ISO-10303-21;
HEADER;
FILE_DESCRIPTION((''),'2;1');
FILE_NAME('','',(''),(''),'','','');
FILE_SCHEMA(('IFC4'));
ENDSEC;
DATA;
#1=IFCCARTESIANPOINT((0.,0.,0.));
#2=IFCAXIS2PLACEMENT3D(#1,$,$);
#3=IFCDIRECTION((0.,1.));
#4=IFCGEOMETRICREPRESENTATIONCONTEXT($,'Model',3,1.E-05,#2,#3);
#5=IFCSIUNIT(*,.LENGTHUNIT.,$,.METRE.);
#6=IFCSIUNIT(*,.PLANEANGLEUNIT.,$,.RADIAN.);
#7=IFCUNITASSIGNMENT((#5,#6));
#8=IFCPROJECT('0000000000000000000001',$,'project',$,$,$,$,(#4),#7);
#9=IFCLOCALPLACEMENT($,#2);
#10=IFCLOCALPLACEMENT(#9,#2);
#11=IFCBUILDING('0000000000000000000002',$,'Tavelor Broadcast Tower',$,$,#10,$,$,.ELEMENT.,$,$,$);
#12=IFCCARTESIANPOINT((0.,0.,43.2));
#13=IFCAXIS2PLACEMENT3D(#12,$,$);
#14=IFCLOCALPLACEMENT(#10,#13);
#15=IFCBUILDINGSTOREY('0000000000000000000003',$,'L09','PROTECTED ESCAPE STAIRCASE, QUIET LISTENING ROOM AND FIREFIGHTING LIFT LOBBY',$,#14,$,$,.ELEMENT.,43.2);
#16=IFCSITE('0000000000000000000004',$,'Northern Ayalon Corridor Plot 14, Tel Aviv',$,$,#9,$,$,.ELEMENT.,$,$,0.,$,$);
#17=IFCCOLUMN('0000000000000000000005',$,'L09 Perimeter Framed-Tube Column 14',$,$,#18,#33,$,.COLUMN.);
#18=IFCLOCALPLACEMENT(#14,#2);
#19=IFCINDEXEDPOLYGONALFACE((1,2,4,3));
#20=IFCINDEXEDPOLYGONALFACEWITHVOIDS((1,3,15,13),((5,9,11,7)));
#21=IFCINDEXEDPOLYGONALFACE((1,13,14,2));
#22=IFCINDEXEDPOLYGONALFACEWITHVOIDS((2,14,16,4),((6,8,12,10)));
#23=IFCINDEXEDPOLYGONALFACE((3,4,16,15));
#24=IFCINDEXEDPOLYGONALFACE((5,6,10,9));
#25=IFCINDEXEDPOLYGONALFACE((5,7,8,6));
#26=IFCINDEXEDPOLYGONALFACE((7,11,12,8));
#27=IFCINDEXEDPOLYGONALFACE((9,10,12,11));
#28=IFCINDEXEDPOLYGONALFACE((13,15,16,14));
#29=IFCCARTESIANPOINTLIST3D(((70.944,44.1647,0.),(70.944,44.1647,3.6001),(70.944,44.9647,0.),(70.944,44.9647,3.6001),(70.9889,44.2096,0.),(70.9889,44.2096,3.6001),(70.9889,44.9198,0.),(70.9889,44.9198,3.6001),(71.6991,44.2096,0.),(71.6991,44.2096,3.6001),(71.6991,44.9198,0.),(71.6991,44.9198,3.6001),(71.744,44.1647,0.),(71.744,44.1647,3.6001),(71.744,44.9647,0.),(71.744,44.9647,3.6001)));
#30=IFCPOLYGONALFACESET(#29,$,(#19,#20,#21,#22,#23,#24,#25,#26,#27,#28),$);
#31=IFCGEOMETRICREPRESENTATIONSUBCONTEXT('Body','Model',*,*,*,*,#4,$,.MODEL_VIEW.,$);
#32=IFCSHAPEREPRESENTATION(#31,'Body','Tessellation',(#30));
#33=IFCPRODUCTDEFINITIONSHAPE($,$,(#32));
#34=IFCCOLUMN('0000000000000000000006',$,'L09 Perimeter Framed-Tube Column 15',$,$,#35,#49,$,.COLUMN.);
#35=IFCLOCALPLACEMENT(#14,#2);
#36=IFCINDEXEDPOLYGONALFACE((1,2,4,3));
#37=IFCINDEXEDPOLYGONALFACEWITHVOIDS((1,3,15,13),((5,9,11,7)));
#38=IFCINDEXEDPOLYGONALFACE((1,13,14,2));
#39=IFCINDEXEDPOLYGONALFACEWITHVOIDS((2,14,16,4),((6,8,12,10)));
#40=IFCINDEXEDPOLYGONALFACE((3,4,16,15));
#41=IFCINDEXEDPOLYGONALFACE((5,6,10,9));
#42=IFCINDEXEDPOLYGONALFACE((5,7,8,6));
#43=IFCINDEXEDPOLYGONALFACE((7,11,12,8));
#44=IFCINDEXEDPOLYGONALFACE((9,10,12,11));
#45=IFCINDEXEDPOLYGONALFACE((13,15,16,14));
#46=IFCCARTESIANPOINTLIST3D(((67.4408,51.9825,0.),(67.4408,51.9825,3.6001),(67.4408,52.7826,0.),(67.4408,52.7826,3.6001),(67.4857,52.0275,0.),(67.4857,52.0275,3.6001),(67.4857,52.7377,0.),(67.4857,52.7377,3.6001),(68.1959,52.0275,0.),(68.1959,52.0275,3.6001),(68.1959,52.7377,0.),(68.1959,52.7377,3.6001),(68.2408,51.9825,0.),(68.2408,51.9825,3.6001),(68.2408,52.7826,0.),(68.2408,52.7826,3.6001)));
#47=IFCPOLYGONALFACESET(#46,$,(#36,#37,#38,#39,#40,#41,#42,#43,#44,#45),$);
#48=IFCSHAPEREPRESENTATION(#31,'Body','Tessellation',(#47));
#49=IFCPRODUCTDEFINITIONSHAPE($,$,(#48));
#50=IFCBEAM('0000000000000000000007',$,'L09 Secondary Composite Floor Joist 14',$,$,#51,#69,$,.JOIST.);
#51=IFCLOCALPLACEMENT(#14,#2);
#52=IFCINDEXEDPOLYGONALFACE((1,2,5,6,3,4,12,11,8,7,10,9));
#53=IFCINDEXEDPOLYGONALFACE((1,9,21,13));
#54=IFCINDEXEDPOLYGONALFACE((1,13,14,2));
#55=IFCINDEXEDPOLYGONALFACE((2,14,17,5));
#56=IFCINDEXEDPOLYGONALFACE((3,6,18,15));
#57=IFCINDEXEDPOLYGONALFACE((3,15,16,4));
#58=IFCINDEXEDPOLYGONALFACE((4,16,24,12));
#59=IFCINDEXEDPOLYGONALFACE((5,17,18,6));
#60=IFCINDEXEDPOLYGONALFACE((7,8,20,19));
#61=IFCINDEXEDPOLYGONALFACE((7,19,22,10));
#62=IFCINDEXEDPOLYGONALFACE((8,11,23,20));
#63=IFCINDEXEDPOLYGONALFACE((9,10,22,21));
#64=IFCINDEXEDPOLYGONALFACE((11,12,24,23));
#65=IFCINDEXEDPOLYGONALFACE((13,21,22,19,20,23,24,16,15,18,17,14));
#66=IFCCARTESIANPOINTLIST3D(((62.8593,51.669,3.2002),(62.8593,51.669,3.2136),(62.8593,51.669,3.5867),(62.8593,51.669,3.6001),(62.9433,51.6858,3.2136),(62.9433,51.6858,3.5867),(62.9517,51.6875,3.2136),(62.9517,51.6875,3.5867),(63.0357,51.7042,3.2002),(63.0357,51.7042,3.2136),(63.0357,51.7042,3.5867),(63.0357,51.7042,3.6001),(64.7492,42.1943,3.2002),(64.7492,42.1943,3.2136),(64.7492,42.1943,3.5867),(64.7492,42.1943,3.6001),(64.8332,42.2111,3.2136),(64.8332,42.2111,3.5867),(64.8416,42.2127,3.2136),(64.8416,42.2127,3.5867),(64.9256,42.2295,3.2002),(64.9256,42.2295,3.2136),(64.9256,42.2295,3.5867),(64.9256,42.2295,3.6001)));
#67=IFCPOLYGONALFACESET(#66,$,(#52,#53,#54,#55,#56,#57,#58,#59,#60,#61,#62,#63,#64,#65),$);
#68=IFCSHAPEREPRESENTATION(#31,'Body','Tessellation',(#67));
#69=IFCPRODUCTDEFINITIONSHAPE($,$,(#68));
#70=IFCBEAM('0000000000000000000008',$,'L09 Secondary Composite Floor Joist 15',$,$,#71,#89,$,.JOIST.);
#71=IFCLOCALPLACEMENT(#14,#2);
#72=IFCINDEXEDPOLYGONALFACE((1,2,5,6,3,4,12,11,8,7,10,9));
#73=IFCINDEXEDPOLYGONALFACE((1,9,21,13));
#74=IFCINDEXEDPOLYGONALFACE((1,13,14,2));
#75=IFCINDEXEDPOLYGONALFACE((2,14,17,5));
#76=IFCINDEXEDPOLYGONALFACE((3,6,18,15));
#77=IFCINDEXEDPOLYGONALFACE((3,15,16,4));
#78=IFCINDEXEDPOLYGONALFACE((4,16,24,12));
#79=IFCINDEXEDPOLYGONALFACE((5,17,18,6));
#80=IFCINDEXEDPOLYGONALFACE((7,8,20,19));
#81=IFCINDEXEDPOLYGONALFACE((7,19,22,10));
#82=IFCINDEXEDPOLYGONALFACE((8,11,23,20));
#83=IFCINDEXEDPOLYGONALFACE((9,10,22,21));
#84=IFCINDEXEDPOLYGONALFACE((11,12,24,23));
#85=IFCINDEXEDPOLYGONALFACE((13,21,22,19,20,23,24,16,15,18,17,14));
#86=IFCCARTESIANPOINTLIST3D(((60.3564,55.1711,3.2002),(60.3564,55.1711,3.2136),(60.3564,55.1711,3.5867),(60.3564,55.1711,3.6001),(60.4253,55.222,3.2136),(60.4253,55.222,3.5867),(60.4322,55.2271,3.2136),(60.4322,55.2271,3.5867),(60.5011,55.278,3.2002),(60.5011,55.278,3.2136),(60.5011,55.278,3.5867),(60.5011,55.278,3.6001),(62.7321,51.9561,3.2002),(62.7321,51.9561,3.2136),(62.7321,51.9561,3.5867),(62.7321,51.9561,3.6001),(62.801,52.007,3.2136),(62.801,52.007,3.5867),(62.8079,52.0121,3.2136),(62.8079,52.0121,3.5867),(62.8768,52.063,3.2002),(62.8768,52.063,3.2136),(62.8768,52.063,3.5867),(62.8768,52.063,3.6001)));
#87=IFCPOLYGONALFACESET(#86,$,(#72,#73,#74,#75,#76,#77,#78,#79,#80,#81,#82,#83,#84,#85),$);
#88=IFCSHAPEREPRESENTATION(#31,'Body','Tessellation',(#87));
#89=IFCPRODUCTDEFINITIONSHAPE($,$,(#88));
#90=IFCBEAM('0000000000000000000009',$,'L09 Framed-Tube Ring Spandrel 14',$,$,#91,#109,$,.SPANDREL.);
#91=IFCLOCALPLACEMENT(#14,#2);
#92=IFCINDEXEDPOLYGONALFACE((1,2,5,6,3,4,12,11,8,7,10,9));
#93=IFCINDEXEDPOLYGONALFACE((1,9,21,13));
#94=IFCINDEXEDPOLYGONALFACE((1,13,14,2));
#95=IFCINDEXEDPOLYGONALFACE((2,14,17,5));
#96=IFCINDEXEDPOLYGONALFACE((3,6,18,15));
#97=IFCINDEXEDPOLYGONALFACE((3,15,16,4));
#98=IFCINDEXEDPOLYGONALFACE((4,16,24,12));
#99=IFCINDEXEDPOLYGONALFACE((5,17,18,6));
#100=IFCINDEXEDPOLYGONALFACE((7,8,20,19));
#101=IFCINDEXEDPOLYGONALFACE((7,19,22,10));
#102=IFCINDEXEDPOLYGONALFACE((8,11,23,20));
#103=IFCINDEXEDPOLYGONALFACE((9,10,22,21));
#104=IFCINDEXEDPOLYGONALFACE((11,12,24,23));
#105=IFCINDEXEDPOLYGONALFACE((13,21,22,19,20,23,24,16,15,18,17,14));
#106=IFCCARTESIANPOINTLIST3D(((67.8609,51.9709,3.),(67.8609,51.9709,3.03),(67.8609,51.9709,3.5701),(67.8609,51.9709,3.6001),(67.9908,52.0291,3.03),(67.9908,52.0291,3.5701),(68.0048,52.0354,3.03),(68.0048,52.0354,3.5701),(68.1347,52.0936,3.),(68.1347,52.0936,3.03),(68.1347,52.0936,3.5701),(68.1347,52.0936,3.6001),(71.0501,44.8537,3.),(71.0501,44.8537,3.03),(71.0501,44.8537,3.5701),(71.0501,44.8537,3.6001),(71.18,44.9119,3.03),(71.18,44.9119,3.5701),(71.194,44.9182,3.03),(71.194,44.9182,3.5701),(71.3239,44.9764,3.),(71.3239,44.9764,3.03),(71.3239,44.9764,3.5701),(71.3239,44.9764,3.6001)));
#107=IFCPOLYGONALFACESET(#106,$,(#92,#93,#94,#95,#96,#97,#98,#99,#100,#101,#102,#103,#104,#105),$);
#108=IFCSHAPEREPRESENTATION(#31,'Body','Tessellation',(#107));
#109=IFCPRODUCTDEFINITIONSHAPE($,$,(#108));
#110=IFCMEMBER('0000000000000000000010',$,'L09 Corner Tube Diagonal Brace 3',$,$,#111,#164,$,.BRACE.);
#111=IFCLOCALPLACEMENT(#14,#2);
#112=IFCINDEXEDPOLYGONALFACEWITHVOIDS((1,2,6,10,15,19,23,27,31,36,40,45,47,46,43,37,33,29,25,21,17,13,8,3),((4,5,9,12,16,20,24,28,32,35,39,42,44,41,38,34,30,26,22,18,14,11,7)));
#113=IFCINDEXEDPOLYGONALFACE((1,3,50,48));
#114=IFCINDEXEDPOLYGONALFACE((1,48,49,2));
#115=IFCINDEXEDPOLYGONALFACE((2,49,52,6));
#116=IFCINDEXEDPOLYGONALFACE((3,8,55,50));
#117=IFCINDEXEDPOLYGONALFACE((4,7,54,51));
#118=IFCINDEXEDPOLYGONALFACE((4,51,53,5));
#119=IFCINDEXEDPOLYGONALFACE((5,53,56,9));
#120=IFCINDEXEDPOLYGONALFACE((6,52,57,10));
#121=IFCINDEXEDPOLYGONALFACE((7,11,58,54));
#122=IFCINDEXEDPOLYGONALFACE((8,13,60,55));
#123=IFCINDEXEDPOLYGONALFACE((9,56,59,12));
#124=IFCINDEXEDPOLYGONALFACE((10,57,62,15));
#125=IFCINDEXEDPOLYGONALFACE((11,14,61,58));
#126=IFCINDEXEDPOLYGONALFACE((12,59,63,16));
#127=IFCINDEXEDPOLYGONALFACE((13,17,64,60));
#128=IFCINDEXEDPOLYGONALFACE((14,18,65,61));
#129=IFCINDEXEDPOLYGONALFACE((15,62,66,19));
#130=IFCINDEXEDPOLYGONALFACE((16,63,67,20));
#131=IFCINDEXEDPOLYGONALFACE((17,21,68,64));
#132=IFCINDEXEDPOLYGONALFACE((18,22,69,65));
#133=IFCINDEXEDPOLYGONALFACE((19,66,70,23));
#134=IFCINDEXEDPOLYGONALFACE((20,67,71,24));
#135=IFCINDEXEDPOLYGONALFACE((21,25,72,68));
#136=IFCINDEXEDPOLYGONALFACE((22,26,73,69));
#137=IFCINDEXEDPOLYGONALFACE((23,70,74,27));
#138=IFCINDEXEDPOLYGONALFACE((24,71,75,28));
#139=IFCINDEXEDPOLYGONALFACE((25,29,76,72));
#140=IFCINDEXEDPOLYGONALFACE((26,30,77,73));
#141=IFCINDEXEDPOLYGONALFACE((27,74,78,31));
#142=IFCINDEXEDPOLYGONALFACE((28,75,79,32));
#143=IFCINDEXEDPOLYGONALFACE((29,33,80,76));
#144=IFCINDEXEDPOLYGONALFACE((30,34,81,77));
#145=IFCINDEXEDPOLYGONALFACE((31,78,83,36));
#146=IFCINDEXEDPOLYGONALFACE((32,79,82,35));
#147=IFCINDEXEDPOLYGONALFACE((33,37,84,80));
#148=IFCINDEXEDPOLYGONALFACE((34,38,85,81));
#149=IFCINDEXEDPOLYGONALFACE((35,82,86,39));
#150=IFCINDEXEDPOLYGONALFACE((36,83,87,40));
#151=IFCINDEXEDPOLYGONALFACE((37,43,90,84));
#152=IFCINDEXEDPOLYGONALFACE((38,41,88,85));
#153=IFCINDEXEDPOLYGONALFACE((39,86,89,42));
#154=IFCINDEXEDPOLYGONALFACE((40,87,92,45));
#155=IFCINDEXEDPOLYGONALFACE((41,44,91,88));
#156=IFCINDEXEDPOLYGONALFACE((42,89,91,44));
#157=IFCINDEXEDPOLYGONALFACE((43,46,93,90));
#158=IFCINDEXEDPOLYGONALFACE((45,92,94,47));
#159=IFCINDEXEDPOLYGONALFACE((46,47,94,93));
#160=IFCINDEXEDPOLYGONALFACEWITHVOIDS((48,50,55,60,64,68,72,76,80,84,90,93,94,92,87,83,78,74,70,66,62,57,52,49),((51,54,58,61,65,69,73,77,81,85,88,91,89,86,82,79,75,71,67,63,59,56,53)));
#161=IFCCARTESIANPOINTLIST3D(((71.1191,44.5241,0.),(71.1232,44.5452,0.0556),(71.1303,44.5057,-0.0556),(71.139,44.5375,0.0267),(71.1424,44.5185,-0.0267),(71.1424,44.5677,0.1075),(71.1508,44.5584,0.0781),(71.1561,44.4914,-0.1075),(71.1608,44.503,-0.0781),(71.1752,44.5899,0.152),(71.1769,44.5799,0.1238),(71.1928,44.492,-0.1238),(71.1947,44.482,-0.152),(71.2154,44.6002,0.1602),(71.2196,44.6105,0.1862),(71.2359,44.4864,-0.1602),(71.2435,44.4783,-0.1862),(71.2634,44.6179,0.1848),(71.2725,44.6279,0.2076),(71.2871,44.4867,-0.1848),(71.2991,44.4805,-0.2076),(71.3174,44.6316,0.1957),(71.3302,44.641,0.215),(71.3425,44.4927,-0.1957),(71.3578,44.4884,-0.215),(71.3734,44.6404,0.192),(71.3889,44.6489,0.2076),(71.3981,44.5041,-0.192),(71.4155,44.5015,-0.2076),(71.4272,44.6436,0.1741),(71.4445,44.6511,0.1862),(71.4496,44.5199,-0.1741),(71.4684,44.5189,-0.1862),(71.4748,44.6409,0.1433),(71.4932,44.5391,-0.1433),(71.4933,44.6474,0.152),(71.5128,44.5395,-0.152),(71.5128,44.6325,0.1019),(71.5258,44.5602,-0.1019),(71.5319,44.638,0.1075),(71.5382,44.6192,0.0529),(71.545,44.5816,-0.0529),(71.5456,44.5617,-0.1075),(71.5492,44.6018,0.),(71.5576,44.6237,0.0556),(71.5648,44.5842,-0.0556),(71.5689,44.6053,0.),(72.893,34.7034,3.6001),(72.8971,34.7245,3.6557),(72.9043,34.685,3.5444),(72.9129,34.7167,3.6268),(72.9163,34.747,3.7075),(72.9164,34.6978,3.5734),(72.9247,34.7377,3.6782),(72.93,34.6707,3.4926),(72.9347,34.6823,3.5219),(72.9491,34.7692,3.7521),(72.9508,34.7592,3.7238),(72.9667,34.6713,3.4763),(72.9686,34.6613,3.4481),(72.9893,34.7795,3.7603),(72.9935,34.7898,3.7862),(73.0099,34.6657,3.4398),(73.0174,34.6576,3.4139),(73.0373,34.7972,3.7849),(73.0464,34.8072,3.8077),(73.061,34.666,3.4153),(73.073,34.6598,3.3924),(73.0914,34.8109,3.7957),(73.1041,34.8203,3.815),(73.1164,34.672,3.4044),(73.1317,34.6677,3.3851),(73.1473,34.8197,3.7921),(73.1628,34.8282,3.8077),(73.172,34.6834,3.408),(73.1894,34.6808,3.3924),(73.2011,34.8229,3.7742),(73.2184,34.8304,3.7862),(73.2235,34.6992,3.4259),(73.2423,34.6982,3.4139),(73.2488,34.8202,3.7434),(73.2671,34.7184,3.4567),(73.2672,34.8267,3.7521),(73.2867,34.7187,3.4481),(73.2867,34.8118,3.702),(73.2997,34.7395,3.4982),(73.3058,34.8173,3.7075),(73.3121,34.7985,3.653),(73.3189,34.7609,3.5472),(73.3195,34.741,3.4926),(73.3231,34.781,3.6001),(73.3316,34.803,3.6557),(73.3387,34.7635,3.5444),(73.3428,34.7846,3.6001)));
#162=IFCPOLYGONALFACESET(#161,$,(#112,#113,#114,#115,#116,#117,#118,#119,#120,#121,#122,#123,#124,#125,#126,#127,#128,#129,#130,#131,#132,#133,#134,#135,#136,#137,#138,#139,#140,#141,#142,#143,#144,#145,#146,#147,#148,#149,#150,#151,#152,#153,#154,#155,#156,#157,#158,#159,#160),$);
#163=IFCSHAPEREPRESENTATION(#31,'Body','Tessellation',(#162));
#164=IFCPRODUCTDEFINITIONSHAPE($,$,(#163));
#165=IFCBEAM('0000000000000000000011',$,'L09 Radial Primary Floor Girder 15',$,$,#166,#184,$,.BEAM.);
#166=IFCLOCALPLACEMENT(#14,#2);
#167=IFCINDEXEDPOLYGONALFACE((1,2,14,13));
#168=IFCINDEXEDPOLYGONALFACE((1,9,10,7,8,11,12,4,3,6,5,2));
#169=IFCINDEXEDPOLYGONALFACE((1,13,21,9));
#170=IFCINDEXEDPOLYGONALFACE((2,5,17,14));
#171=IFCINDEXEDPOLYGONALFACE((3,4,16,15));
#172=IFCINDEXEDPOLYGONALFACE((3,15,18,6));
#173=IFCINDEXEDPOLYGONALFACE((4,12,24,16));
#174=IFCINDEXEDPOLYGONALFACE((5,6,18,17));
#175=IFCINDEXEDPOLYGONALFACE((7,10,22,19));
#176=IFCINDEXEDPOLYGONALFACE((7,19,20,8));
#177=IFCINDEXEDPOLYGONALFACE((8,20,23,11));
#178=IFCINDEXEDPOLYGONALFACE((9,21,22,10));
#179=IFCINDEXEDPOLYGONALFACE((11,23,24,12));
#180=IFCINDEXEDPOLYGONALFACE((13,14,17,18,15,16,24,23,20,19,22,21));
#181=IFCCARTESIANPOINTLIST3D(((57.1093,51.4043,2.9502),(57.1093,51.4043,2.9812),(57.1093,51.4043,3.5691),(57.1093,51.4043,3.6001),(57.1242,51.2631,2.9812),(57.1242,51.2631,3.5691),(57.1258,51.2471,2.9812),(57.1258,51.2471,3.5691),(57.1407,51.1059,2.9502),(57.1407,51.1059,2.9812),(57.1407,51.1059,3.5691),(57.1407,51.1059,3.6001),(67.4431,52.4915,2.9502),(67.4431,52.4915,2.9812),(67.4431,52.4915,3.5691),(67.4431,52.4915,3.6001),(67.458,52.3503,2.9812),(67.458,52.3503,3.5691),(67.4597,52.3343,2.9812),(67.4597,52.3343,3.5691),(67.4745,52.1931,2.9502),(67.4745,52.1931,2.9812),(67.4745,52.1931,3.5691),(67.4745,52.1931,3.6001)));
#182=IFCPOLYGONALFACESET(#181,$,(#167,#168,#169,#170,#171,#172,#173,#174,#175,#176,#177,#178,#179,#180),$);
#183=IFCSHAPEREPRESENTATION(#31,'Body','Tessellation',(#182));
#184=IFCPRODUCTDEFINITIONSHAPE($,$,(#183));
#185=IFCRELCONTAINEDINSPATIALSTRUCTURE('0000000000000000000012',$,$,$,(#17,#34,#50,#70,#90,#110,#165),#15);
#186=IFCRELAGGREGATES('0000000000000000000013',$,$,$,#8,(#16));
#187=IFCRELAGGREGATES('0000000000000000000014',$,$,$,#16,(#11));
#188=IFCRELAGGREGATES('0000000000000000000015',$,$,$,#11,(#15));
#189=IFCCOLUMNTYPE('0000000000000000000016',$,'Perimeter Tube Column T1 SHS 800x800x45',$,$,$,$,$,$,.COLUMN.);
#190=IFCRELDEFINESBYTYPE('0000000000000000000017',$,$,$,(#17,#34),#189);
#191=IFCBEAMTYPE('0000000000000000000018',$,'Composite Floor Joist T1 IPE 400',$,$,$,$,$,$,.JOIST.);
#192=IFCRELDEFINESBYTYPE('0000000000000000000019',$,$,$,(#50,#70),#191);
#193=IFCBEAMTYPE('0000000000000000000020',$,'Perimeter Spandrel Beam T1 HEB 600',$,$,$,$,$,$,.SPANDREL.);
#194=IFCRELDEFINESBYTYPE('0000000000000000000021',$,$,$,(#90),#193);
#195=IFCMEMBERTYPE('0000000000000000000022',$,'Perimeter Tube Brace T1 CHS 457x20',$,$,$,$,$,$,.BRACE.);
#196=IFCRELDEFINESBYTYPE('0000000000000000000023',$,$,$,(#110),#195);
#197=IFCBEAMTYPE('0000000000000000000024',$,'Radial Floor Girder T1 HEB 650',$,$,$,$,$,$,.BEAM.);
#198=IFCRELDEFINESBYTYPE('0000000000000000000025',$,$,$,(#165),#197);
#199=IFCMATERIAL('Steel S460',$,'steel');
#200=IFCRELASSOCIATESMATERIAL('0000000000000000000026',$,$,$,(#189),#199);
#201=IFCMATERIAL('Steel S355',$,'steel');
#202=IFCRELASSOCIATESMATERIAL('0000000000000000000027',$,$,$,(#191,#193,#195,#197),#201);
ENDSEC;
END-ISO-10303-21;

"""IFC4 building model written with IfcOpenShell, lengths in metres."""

from ifc_helpers import new_model, si_unit, direction, frame, origin, origin_2d, place, context, subcontext, project, spatial, hollow_rectangle, hollow_circle, i_section, extrude, material, material_profile, profile_set, type_object, element, save


model = new_model("IFC4")

# Units and contexts
model_context = context("Model", 3, precision=1e-05, world=origin(), true_north=direction((0.0, 1.0)))
body_context = subcontext(model_context, "Body", "Model", "MODEL_VIEW")
ifc_project = project(units=[si_unit("LENGTHUNIT", "METRE"), si_unit("PLANEANGLEUNIT", "RADIAN")], contexts=[model_context])

# Site, building, storey
site_placement = place(None, origin())
site = spatial("IfcSite", under=ifc_project, at=site_placement, Name="Northern Ayalon Corridor Plot 14, Tel Aviv", CompositionType="ELEMENT", RefElevation=0.0)
building_placement = place(site_placement, origin())
building = spatial("IfcBuilding", under=site, at=building_placement, Name="Tavelor Broadcast Tower", CompositionType="ELEMENT")
storey_placement = place(building_placement, frame((0.0, 0.0, 43.2)))
storey = spatial("IfcBuildingStorey", under=building, at=storey_placement, Name="L09", Description="PROTECTED ESCAPE STAIRCASE, QUIET LISTENING ROOM AND FIREFIGHTING LIFT LOBBY", CompositionType="ELEMENT", Elevation=43.2)

# Columns
ifc_material_1 = material(Name="Steel S460", Category="steel")
ifc_material_profile_1 = material_profile(ifc_material_1, hollow_rectangle(XDim=0.8, YDim=0.8, WallThickness=0.0449, at=origin_2d()), Name="SHS 800x800x45")
ifc_profile_set_1 = profile_set([ifc_material_profile_1], Name="Steel S460")
column_type = type_object("IfcColumnType", Name="Perimeter Tube Column T1 SHS 800x800x45", PredefinedType="COLUMN", material=ifc_profile_set_1)
for number, where, z_axis, x_axis, name in (
    (1, (71.344, 44.5647, 0.0), (0.0, 0.0, 1.0), (1.0, 0.0, 0.0), "L09 Perimeter Framed-Tube Column 14"),
    (2, (67.8408, 52.3826, 0.0), (0.0, 0.0, 1.0), (1.0, 0.0, 0.0), "L09 Perimeter Framed-Tube Column 15"),
):
    element("IfcColumn", number, at=place(storey_placement, frame(where, z_axis=z_axis, x_axis=x_axis)), inside=storey, type_object=column_type, Name=name, PredefinedType="COLUMN", context=body_context, shape_type="SweptSolid", body=[
        extrude(hollow_rectangle(XDim=0.8, YDim=0.8, WallThickness=0.0449, at=origin_2d()), origin(), (0.0, 0.0, 1.0), 3.6001),
    ])

# Beams
ifc_material_2 = material(Name="Steel S355", Category="steel")
ifc_material_profile_2 = material_profile(ifc_material_2, i_section(OverallWidth=0.1799, OverallDepth=0.3999, WebThickness=0.0085, FlangeThickness=0.0134, at=origin_2d()), Name="IPE 400")
ifc_profile_set_2 = profile_set([ifc_material_profile_2], Name="Steel S355")
beam_type_1 = type_object("IfcBeamType", Name="Composite Floor Joist T1 IPE 400", PredefinedType="JOIST", material=ifc_profile_set_2)
beam_1_placement = place(storey_placement, frame((64.8374, 42.2119, 3.4001), z_axis=(-0.195616, 0.980681, 0.0), x_axis=(-0.980681, -0.195616, 0.0)))
element("IfcBeam", 3, at=beam_1_placement, inside=storey, type_object=beam_type_1, Name="L09 Secondary Composite Floor Joist 14", PredefinedType="JOIST", context=body_context, shape_type="SweptSolid", body=[
    extrude(i_section(OverallWidth=0.1799, OverallDepth=0.3999, WebThickness=0.0085, FlangeThickness=0.0134, at=origin_2d()), origin(), (0.0, 0.0, 1.0), 9.6614),
])
beam_2_placement = place(storey_placement, frame((62.8044, 52.0095, 3.4001), z_axis=(-0.594288, 0.804252, 0.0), x_axis=(-0.804252, -0.594288, 0.0)))
element("IfcBeam", 4, at=beam_2_placement, inside=storey, type_object=beam_type_1, Name="L09 Secondary Composite Floor Joist 15", PredefinedType="JOIST", context=body_context, shape_type="SweptSolid", body=[
    extrude(i_section(OverallWidth=0.1799, OverallDepth=0.3999, WebThickness=0.0085, FlangeThickness=0.0134, at=origin_2d()), origin(), (0.0, 0.0, 1.0), 3.9976),
])
ifc_material_profile_3 = material_profile(ifc_material_2, i_section(OverallWidth=0.3, OverallDepth=0.6001, WebThickness=0.0154, FlangeThickness=0.03, at=origin_2d()), Name="HEB 600")
ifc_profile_set_3 = profile_set([ifc_material_profile_3], Name="Steel S355")
beam_type_2 = type_object("IfcBeamType", Name="Perimeter Spandrel Beam T1 HEB 600", PredefinedType="SPANDREL", material=ifc_profile_set_3)
beam_3_placement = place(storey_placement, frame((71.187, 44.915, 3.3), z_axis=(-0.408922, 0.912569, 0.0), x_axis=(-0.912569, -0.408922, 0.0)))
element("IfcBeam", 5, at=beam_3_placement, inside=storey, type_object=beam_type_2, Name="L09 Framed-Tube Ring Spandrel 14", PredefinedType="SPANDREL", context=body_context, shape_type="SweptSolid", body=[
    extrude(i_section(OverallWidth=0.3, OverallDepth=0.6001, WebThickness=0.0154, FlangeThickness=0.03, at=origin_2d()), origin(), (0.0, 0.0, 1.0), 7.7991),
])

# Member
ifc_material_profile_4 = material_profile(ifc_material_2, hollow_circle(Radius=0.2285, WallThickness=0.02, at=origin_2d()), Name="CHS 457x20")
ifc_profile_set_4 = profile_set([ifc_material_profile_4], Name="Steel S355")
member_type_1 = type_object("IfcMemberType", Name="Perimeter Tube Brace T1 CHS 457x20", PredefinedType="BRACE", material=ifc_profile_set_4)
member_1_placement = place(storey_placement, frame((71.344, 44.5647, 0.0), z_axis=(0.167206, -0.925685, 0.339337), x_axis=(0.984075, 0.177753, 0.0)))
element("IfcMember", 6, at=member_1_placement, inside=storey, type_object=member_type_1, Name="L09 Corner Tube Diagonal Brace 3", PredefinedType="BRACE", context=body_context, shape_type="SweptSolid", body=[
    extrude(hollow_circle(Radius=0.2285, WallThickness=0.02, at=origin_2d()), origin(), (0.0, 0.0, 1.0), 10.6091),
])

# Beam
ifc_material_profile_5 = material_profile(ifc_material_2, i_section(OverallWidth=0.3, OverallDepth=0.6499, WebThickness=0.0161, FlangeThickness=0.031, at=origin_2d()), Name="HEB 650")
ifc_profile_set_5 = profile_set([ifc_material_profile_5], Name="Steel S355")
beam_type_3 = type_object("IfcBeamType", Name="Radial Floor Girder T1 HEB 650", PredefinedType="BEAM", material=ifc_profile_set_5)
beam_4_placement = place(storey_placement, frame((57.125, 51.2551, 3.2751), z_axis=(0.994512, 0.104627, 0.0), x_axis=(-0.104627, 0.994512, 0.0)))
element("IfcBeam", 7, at=beam_4_placement, inside=storey, type_object=beam_type_3, Name="L09 Radial Primary Floor Girder 15", PredefinedType="BEAM", context=body_context, shape_type="SweptSolid", body=[
    extrude(i_section(OverallWidth=0.3, OverallDepth=0.6499, WebThickness=0.0161, FlangeThickness=0.031, at=origin_2d()), origin(), (0.0, 0.0, 1.0), 10.3909),
])

save(model, "model.ifc")
